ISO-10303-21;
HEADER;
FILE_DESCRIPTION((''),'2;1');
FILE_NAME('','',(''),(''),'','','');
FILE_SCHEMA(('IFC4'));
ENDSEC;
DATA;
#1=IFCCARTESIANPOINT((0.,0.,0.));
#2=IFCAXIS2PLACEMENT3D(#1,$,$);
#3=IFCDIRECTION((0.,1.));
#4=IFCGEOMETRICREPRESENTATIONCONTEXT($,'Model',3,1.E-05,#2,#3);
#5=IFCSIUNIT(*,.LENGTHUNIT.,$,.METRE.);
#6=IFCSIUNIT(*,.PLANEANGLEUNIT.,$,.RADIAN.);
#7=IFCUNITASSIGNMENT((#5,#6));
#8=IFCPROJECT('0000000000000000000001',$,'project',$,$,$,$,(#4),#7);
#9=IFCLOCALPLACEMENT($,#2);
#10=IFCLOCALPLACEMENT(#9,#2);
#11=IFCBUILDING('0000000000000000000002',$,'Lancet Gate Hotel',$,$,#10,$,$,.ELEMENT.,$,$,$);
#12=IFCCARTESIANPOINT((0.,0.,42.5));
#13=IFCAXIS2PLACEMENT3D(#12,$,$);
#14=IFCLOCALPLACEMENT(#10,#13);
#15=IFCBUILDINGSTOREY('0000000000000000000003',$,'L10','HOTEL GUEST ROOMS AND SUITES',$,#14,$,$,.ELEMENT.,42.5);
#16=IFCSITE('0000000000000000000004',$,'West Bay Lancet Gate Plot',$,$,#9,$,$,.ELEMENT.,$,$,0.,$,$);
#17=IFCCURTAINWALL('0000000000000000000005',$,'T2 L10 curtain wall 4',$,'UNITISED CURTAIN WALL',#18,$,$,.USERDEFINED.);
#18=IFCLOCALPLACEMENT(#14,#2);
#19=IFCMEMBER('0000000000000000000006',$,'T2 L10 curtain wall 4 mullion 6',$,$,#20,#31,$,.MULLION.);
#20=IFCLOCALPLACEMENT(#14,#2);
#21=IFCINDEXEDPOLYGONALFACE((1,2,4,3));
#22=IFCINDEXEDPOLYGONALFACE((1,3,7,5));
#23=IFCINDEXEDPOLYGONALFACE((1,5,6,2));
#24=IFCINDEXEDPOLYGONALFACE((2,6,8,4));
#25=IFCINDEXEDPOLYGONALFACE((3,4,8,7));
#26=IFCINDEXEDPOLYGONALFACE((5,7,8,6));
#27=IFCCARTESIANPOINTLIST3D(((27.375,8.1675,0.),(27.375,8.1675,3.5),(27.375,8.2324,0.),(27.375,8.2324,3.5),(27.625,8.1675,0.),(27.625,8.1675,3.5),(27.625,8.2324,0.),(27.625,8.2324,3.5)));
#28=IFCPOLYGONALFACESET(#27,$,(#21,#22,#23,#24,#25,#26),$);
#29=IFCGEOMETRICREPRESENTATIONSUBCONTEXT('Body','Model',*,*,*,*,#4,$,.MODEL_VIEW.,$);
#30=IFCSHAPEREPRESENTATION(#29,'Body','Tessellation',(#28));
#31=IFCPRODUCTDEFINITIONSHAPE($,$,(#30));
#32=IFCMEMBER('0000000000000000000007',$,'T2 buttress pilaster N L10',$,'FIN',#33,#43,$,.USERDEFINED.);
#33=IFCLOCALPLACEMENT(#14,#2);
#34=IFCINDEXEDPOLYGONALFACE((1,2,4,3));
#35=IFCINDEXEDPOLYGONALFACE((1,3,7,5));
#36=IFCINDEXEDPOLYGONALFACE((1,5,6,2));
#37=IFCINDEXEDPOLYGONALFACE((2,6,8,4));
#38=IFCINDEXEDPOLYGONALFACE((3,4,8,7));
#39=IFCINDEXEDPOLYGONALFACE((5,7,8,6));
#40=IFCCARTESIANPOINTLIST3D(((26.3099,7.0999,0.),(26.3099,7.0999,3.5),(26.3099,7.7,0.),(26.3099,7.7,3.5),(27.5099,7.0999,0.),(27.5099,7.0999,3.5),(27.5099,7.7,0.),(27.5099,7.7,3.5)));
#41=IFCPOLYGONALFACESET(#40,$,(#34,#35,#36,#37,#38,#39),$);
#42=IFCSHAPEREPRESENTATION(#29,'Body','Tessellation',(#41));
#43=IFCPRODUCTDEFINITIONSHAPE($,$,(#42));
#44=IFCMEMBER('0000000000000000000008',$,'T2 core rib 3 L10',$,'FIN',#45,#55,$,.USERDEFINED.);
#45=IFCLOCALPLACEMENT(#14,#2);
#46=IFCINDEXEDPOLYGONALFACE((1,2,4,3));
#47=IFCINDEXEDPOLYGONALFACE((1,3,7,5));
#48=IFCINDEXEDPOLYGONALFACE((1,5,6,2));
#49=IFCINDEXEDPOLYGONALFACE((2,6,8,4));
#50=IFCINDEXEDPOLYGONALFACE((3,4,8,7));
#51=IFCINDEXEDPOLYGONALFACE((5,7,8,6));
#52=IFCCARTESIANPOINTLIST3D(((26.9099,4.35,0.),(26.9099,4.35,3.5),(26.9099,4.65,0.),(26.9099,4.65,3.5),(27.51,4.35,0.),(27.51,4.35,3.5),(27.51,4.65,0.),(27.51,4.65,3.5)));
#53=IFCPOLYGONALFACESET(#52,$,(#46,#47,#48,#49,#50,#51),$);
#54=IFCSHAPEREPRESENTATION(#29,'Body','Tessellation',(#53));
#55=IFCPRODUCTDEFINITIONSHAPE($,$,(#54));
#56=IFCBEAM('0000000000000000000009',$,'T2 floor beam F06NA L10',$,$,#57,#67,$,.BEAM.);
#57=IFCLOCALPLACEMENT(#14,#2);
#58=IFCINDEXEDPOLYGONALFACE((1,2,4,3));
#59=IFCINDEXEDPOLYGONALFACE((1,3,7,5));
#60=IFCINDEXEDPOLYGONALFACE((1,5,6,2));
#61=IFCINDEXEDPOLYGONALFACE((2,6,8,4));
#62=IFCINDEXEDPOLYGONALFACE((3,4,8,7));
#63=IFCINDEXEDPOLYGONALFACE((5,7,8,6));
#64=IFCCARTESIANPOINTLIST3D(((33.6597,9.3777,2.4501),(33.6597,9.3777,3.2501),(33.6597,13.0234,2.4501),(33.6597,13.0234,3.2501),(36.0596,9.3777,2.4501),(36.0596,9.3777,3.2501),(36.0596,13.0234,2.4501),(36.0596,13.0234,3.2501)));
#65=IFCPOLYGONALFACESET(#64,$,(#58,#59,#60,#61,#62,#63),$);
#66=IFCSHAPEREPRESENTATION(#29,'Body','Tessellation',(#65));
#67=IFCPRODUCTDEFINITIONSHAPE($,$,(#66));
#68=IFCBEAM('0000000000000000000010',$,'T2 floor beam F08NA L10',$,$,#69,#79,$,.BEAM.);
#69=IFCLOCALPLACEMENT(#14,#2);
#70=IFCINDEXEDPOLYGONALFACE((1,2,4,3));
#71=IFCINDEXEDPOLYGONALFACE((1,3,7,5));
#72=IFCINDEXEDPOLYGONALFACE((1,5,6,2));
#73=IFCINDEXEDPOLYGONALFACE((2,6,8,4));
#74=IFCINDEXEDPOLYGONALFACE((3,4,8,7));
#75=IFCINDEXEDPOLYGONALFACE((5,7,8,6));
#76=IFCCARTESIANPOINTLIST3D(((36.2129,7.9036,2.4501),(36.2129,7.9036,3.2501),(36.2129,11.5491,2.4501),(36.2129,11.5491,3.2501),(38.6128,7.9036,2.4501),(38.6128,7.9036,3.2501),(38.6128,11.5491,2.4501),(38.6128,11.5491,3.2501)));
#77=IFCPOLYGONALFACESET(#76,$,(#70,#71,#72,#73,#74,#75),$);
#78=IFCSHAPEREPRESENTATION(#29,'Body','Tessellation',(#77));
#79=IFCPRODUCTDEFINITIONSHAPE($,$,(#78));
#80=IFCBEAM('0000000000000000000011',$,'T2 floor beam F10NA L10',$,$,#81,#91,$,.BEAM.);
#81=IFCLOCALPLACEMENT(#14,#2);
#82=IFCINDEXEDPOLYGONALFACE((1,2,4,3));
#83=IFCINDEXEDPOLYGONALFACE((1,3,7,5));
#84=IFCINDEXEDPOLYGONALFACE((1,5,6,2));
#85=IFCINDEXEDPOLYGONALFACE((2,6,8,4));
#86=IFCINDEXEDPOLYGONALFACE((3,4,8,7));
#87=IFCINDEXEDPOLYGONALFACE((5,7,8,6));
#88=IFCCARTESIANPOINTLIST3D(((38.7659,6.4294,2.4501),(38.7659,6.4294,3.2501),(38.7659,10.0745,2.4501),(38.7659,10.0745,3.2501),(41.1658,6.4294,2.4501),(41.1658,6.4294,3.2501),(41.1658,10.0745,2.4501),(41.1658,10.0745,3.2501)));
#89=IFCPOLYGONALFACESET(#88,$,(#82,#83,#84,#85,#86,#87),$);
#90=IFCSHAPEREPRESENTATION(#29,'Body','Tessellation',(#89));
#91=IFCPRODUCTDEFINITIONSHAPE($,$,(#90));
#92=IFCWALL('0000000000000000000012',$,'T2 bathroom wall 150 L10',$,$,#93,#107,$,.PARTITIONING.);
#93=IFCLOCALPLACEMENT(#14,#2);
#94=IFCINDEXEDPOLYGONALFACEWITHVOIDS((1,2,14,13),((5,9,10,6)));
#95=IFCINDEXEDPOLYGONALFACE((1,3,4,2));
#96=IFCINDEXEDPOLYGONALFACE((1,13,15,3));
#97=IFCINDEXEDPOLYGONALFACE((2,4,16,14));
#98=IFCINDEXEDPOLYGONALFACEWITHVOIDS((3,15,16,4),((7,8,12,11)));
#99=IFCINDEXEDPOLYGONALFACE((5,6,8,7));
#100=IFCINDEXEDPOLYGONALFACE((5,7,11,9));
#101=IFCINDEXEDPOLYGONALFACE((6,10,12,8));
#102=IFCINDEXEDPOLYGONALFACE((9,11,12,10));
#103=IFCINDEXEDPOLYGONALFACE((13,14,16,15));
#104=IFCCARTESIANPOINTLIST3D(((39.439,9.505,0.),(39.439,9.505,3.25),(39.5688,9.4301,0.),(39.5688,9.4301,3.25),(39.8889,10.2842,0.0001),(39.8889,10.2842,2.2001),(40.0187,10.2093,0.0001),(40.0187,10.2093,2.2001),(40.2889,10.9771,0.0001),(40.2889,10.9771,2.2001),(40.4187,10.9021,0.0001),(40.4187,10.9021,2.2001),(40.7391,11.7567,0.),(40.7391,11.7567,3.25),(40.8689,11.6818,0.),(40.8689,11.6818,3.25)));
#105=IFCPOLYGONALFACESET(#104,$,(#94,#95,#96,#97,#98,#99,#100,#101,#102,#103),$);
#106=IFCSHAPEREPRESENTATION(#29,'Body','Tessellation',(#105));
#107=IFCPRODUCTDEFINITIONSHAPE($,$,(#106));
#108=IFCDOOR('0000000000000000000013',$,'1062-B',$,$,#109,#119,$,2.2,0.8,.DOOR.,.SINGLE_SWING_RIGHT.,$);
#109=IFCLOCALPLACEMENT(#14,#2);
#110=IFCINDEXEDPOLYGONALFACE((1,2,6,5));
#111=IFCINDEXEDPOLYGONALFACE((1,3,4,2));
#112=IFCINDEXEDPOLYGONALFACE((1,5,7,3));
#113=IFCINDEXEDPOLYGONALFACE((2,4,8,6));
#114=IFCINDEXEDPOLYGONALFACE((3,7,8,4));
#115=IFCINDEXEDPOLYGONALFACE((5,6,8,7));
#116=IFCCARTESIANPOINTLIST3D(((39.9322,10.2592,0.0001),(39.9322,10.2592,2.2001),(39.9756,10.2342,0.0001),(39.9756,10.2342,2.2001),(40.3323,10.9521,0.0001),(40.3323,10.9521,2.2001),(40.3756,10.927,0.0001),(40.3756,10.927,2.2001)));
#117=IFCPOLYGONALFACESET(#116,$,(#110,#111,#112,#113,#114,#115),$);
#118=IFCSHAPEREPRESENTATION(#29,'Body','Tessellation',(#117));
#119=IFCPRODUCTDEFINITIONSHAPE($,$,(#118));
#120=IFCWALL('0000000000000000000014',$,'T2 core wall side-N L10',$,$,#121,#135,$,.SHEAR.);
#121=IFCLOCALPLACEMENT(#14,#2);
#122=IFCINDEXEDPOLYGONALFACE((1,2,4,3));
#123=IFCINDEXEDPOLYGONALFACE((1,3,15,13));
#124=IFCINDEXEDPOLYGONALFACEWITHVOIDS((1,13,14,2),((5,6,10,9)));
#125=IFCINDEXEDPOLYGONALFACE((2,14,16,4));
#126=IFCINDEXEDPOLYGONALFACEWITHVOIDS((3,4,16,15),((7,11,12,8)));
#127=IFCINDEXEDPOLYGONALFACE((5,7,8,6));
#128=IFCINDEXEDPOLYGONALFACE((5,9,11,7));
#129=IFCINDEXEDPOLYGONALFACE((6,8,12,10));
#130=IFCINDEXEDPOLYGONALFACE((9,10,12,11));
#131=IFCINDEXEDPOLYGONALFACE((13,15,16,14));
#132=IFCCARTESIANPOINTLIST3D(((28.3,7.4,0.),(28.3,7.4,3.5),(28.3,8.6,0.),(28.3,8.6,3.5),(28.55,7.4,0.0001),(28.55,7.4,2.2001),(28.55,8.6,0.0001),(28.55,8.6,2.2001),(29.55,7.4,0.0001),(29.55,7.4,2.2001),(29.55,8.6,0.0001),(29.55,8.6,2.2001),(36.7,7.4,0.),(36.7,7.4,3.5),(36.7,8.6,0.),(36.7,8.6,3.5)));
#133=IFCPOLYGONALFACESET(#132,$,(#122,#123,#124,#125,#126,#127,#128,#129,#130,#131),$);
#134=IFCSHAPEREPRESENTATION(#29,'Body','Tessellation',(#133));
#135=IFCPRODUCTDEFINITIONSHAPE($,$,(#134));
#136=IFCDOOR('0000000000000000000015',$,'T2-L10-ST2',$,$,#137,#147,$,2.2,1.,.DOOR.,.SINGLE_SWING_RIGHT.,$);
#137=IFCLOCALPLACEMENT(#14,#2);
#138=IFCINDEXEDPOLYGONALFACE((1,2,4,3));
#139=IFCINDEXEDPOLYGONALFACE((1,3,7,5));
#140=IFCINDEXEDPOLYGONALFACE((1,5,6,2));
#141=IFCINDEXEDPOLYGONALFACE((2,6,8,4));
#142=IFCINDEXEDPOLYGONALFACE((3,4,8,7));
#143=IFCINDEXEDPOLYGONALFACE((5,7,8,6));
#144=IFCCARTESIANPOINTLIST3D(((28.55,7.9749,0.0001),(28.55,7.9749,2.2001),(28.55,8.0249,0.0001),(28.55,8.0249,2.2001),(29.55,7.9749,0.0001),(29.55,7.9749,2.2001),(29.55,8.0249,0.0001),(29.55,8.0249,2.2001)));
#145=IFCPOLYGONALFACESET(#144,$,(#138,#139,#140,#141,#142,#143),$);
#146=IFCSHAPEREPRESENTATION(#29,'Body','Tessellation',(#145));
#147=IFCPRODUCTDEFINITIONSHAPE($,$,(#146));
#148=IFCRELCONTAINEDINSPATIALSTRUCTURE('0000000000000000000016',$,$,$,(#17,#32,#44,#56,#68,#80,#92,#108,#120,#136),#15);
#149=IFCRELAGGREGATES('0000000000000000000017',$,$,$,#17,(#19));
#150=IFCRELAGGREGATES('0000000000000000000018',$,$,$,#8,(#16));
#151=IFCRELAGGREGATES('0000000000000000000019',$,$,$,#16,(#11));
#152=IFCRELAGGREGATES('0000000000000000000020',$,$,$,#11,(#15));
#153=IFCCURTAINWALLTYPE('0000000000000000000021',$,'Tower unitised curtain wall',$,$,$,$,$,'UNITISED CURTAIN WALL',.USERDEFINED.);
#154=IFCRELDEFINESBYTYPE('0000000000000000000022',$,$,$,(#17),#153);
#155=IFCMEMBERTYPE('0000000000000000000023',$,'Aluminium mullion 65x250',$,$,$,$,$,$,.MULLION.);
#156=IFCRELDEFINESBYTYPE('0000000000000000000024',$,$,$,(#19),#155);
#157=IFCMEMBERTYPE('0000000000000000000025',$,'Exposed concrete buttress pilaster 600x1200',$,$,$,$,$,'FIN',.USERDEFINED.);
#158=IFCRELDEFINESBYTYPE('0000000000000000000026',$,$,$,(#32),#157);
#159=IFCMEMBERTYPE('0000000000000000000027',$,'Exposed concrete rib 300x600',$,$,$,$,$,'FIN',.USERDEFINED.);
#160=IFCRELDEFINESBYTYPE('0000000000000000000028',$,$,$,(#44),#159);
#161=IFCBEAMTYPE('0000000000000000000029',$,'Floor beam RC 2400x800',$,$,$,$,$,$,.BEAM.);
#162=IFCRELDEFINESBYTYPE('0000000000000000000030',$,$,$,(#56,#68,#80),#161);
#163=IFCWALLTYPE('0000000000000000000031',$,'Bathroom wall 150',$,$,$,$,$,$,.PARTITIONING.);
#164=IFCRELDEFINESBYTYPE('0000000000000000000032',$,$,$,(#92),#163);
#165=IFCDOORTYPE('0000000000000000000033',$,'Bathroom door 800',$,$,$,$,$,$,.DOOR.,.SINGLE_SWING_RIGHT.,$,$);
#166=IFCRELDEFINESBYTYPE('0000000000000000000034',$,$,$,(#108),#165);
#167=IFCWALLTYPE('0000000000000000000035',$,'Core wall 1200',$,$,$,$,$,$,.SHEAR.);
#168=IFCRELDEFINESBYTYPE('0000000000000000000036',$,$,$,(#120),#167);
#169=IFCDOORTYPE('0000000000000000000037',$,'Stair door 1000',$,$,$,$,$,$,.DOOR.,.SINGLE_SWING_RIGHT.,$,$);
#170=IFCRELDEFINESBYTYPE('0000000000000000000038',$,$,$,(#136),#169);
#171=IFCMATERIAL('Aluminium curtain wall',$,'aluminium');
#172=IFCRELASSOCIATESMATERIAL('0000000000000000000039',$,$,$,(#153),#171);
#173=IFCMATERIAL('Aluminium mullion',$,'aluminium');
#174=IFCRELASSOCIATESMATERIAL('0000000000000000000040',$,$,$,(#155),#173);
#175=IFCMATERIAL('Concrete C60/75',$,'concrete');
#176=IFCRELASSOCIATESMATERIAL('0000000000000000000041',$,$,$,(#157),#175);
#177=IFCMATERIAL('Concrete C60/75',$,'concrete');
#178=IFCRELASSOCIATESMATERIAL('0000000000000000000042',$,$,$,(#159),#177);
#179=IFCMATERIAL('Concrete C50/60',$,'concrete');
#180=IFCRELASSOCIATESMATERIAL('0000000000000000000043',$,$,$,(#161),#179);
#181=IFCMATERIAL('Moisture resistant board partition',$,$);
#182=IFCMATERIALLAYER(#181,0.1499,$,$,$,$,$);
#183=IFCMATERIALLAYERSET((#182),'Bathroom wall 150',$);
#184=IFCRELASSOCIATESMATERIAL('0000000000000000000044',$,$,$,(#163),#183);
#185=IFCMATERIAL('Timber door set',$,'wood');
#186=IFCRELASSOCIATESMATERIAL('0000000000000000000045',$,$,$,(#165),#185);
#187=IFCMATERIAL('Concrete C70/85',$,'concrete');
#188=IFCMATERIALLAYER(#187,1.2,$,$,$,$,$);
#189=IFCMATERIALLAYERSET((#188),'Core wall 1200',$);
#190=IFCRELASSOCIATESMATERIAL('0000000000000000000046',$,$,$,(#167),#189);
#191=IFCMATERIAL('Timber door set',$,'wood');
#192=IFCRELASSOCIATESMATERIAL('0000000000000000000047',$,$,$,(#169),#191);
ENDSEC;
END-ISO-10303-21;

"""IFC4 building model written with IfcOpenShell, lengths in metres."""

from ifc_helpers import new_model, si_unit, direction, frame, frame_2d, origin, origin_2d, place, context, subcontext, project, spatial, rectangle, extrude, material, layer, layer_set, material_profile, profile_set, type_object, element, fill, aggregate, save


model = new_model("IFC4")

# Units and contexts
model_context = context("Model", 3, precision=1e-05, world=origin(), true_north=direction((0.0, 1.0)))
body_context = subcontext(model_context, "Body", "Model", "MODEL_VIEW")
ifc_project = project(units=[si_unit("LENGTHUNIT", "METRE"), si_unit("PLANEANGLEUNIT", "RADIAN")], contexts=[model_context])

# Site, building, storey
site_placement = place(None, origin())
site = spatial("IfcSite", under=ifc_project, at=site_placement, Name="West Bay Lancet Gate Plot", CompositionType="ELEMENT", RefElevation=0.0)
building_placement = place(site_placement, origin())
building = spatial("IfcBuilding", under=site, at=building_placement, Name="Lancet Gate Hotel", CompositionType="ELEMENT")
storey_placement = place(building_placement, frame((0.0, 0.0, 42.5)))
storey = spatial("IfcBuildingStorey", under=building, at=storey_placement, Name="L10", Description="HOTEL GUEST ROOMS AND SUITES", CompositionType="ELEMENT", Elevation=42.5)

# Curtain wall, member
ifc_material_1 = material(Name="Aluminium curtain wall", Category="aluminium")
curtain_wall_type = type_object("IfcCurtainWallType", Name="Tower unitised curtain wall", ElementType="UNITISED CURTAIN WALL", PredefinedType="USERDEFINED", material=ifc_material_1)
curtain_wall_placement = place(storey_placement, origin())
curtain_wall = element("IfcCurtainWall", 1, at=curtain_wall_placement, inside=storey, type_object=curtain_wall_type, Name="T2 L10 curtain wall 4", ObjectType="UNITISED CURTAIN WALL", PredefinedType="USERDEFINED")
ifc_material_2 = material(Name="Aluminium mullion", Category="aluminium")
ifc_material_profile_1 = material_profile(ifc_material_2, rectangle(XDim=0.0649, YDim=0.25, at=origin_2d()), Name="MULLION 65x250")
ifc_profile_set_1 = profile_set([ifc_material_profile_1], Name="Aluminium mullion")
member_type_1 = type_object("IfcMemberType", Name="Aluminium mullion 65x250", PredefinedType="MULLION", material=ifc_profile_set_1)
member_1_placement = place(storey_placement, frame((27.5, 8.2, 0.0), z_axis=(0.0, 0.0, 1.0), x_axis=(0.0, -1.0, 0.0)))
member_1 = element("IfcMember", 2, at=member_1_placement, type_object=member_type_1, Name="T2 L10 curtain wall 4 mullion 6", PredefinedType="MULLION", context=body_context, shape_type="SweptSolid", body=[
    extrude(rectangle(XDim=0.0649, YDim=0.25, at=origin_2d()), origin(), (0.0, 0.0, 1.0), 3.5),
])
aggregate(curtain_wall, [member_1])

# Members
ifc_material_3 = material(Name="Concrete C60/75", Category="concrete")
ifc_material_profile_2 = material_profile(ifc_material_3, rectangle(XDim=0.6001, YDim=1.2, at=origin_2d()), Name="FIN 600x1200")
ifc_profile_set_2 = profile_set([ifc_material_profile_2], Name="Concrete C60/75")
member_type_2 = type_object("IfcMemberType", Name="Exposed concrete buttress pilaster 600x1200", ElementType="FIN", PredefinedType="USERDEFINED", material=ifc_profile_set_2)
member_2_placement = place(storey_placement, frame((26.9099, 7.3999, 0.0), z_axis=(0.0, 0.0, 1.0), x_axis=(0.0, 1.0, 0.0)))
element("IfcMember", 3, at=member_2_placement, inside=storey, type_object=member_type_2, Name="T2 buttress pilaster N L10", ObjectType="FIN", PredefinedType="USERDEFINED", context=body_context, shape_type="SweptSolid", body=[
    extrude(rectangle(XDim=0.6001, YDim=1.2, at=origin_2d()), origin(), (0.0, 0.0, 1.0), 3.5),
])
ifc_material_4 = material(Name="Concrete C60/75", Category="concrete")
ifc_material_profile_3 = material_profile(ifc_material_4, rectangle(XDim=0.3, YDim=0.6001, at=origin_2d()), Name="FIN 300x600")
ifc_profile_set_3 = profile_set([ifc_material_profile_3], Name="Concrete C60/75")
member_type_3 = type_object("IfcMemberType", Name="Exposed concrete rib 300x600", ElementType="FIN", PredefinedType="USERDEFINED", material=ifc_profile_set_3)
member_3_placement = place(storey_placement, frame((27.21, 4.5, 0.0), z_axis=(0.0, 0.0, 1.0), x_axis=(0.0, 1.0, 0.0)))
element("IfcMember", 4, at=member_3_placement, inside=storey, type_object=member_type_3, Name="T2 core rib 3 L10", ObjectType="FIN", PredefinedType="USERDEFINED", context=body_context, shape_type="SweptSolid", body=[
    extrude(rectangle(XDim=0.3, YDim=0.6001, at=origin_2d()), origin(), (0.0, 0.0, 1.0), 3.5),
])

# Beams
ifc_material_5 = material(Name="Concrete C50/60", Category="concrete")
ifc_material_profile_4 = material_profile(ifc_material_5, rectangle(XDim=2.3999, YDim=0.8, at=origin_2d()), Name="RC 2400x800")
ifc_profile_set_4 = profile_set([ifc_material_profile_4], Name="Concrete C50/60")
beam_type = type_object("IfcBeamType", Name="Floor beam RC 2400x800", PredefinedType="BEAM", material=ifc_profile_set_4)
beam_1_placement = place(storey_placement, frame((34.8596, 9.3777, 2.8501), z_axis=(0.0, 1.0, 0.0), x_axis=(-1.0, 0.0, 0.0)))
element("IfcBeam", 5, at=beam_1_placement, inside=storey, type_object=beam_type, Name="T2 floor beam F06NA L10", PredefinedType="BEAM", context=body_context, shape_type="SweptSolid", body=[
    extrude(rectangle(XDim=2.3999, YDim=0.8, at=origin_2d()), origin(), (0.0, 0.0, 1.0), 3.6458),
])
beam_2_placement = place(storey_placement, frame((37.4128, 7.9036, 2.8501), z_axis=(0.0, 1.0, 0.0), x_axis=(-1.0, 0.0, 0.0)))
element("IfcBeam", 6, at=beam_2_placement, inside=storey, type_object=beam_type, Name="T2 floor beam F08NA L10", PredefinedType="BEAM", context=body_context, shape_type="SweptSolid", body=[
    extrude(rectangle(XDim=2.3999, YDim=0.8, at=origin_2d()), origin(), (0.0, 0.0, 1.0), 3.6455),
])
beam_3_placement = place(storey_placement, frame((39.9658, 6.4294, 2.8501), z_axis=(0.0, 1.0, 0.0), x_axis=(-1.0, 0.0, 0.0)))
element("IfcBeam", 7, at=beam_3_placement, inside=storey, type_object=beam_type, Name="T2 floor beam F10NA L10", PredefinedType="BEAM", context=body_context, shape_type="SweptSolid", body=[
    extrude(rectangle(XDim=2.3999, YDim=0.8, at=origin_2d()), origin(), (0.0, 0.0, 1.0), 3.645),
])

# Walls, openings, doors
ifc_material_6 = material(Name="Moisture resistant board partition")
ifc_layer_1 = layer(ifc_material_6, 0.1499)
ifc_layer_set_1 = layer_set([ifc_layer_1], Name="Bathroom wall 150")
wall_type_1 = type_object("IfcWallType", Name="Bathroom wall 150", PredefinedType="PARTITIONING", material=ifc_layer_set_1)
wall_1_placement = place(storey_placement, frame((39.5039, 9.4675, 0.0), z_axis=(0.0, 0.0, 1.0), x_axis=(0.500007, 0.866021, 0.0)))
wall_1 = element("IfcWall", 8, at=wall_1_placement, inside=storey, type_object=wall_type_1, Name="T2 bathroom wall 150 L10", PredefinedType="PARTITIONING", context=body_context, shape_type="SweptSolid", body=[
    extrude(rectangle(XDim=2.6001, YDim=0.1499, at=frame_2d((1.3, 0.0))), origin(), (0.0, 0.0, 1.0), 3.25),
])
opening_1_placement = place(wall_1_placement, frame((0.8999, 0.0, 0.0)))
opening_1 = element("IfcOpeningElement", 9, at=opening_1_placement, cuts=wall_1, PredefinedType="OPENING", context=body_context, shape_type="SweptSolid", body=[
    extrude(rectangle(XDim=0.8, YDim=2.2, at=frame_2d((0.3999, 1.1001))), frame((0.0, 0.085, 0.0), z_axis=(0.0, -1.0, 0.0), x_axis=(1.0, 0.0, 0.0)), (0.0, 0.0, 1.0), 0.1699),
])
ifc_material_7 = material(Name="Timber door set", Category="wood")
door_type_1 = type_object("IfcDoorType", Name="Bathroom door 800", OperationType="SINGLE_SWING_RIGHT", PredefinedType="DOOR", material=ifc_material_7)
door_1_placement = place(opening_1_placement, origin())
door_1 = element("IfcDoor", 10, at=door_1_placement, inside=storey, type_object=door_type_1, Name="1062-B", OperationType="SINGLE_SWING_RIGHT", OverallHeight=2.2, OverallWidth=0.8, PredefinedType="DOOR", context=body_context, shape_type="SweptSolid", body=[
    extrude(rectangle(XDim=0.8, YDim=2.2, at=frame_2d((0.3999, 1.1001))), frame((0.0, 0.0249, 0.0), z_axis=(0.0, -1.0, 0.0), x_axis=(1.0, 0.0, 0.0)), (0.0, 0.0, 1.0), 0.05),
])
fill(opening_1, door_1)
ifc_material_8 = material(Name="Concrete C70/85", Category="concrete")
ifc_layer_2 = layer(ifc_material_8, 1.2)
ifc_layer_set_2 = layer_set([ifc_layer_2], Name="Core wall 1200")
wall_type_2 = type_object("IfcWallType", Name="Core wall 1200", PredefinedType="SHEAR", material=ifc_layer_set_2)
wall_2_placement = place(storey_placement, frame((28.3, 8.0, 0.0), z_axis=(0.0, 0.0, 1.0), x_axis=(1.0, 0.0, 0.0)))
wall_2 = element("IfcWall", 11, at=wall_2_placement, inside=storey, type_object=wall_type_2, Name="T2 core wall side-N L10", PredefinedType="SHEAR", context=body_context, shape_type="SweptSolid", body=[
    extrude(rectangle(XDim=8.3999, YDim=1.2, at=frame_2d((4.2, 0.0))), origin(), (0.0, 0.0, 1.0), 3.5),
])
opening_2_placement = place(wall_2_placement, frame((0.25, 0.0, 0.0)))
opening_2 = element("IfcOpeningElement", 12, at=opening_2_placement, cuts=wall_2, PredefinedType="OPENING", context=body_context, shape_type="SweptSolid", body=[
    extrude(rectangle(XDim=1.0, YDim=2.2, at=frame_2d((0.5, 1.1001))), frame((0.0, 0.6099, 0.0), z_axis=(0.0, -1.0, 0.0), x_axis=(1.0, 0.0, 0.0)), (0.0, 0.0, 1.0), 1.22),
])
ifc_material_9 = material(Name="Timber door set", Category="wood")
door_type_2 = type_object("IfcDoorType", Name="Stair door 1000", OperationType="SINGLE_SWING_RIGHT", PredefinedType="DOOR", material=ifc_material_9)
door_2_placement = place(opening_2_placement, origin())
door_2 = element("IfcDoor", 13, at=door_2_placement, inside=storey, type_object=door_type_2, Name="T2-L10-ST2", OperationType="SINGLE_SWING_RIGHT", OverallHeight=2.2, OverallWidth=1.0, PredefinedType="DOOR", context=body_context, shape_type="SweptSolid", body=[
    extrude(rectangle(XDim=1.0, YDim=2.2, at=frame_2d((0.5, 1.1001))), frame((0.0, 0.0249, 0.0), z_axis=(0.0, -1.0, 0.0), x_axis=(1.0, 0.0, 0.0)), (0.0, 0.0, 1.0), 0.05),
])
fill(opening_2, door_2)

save(model, "model.ifc")
